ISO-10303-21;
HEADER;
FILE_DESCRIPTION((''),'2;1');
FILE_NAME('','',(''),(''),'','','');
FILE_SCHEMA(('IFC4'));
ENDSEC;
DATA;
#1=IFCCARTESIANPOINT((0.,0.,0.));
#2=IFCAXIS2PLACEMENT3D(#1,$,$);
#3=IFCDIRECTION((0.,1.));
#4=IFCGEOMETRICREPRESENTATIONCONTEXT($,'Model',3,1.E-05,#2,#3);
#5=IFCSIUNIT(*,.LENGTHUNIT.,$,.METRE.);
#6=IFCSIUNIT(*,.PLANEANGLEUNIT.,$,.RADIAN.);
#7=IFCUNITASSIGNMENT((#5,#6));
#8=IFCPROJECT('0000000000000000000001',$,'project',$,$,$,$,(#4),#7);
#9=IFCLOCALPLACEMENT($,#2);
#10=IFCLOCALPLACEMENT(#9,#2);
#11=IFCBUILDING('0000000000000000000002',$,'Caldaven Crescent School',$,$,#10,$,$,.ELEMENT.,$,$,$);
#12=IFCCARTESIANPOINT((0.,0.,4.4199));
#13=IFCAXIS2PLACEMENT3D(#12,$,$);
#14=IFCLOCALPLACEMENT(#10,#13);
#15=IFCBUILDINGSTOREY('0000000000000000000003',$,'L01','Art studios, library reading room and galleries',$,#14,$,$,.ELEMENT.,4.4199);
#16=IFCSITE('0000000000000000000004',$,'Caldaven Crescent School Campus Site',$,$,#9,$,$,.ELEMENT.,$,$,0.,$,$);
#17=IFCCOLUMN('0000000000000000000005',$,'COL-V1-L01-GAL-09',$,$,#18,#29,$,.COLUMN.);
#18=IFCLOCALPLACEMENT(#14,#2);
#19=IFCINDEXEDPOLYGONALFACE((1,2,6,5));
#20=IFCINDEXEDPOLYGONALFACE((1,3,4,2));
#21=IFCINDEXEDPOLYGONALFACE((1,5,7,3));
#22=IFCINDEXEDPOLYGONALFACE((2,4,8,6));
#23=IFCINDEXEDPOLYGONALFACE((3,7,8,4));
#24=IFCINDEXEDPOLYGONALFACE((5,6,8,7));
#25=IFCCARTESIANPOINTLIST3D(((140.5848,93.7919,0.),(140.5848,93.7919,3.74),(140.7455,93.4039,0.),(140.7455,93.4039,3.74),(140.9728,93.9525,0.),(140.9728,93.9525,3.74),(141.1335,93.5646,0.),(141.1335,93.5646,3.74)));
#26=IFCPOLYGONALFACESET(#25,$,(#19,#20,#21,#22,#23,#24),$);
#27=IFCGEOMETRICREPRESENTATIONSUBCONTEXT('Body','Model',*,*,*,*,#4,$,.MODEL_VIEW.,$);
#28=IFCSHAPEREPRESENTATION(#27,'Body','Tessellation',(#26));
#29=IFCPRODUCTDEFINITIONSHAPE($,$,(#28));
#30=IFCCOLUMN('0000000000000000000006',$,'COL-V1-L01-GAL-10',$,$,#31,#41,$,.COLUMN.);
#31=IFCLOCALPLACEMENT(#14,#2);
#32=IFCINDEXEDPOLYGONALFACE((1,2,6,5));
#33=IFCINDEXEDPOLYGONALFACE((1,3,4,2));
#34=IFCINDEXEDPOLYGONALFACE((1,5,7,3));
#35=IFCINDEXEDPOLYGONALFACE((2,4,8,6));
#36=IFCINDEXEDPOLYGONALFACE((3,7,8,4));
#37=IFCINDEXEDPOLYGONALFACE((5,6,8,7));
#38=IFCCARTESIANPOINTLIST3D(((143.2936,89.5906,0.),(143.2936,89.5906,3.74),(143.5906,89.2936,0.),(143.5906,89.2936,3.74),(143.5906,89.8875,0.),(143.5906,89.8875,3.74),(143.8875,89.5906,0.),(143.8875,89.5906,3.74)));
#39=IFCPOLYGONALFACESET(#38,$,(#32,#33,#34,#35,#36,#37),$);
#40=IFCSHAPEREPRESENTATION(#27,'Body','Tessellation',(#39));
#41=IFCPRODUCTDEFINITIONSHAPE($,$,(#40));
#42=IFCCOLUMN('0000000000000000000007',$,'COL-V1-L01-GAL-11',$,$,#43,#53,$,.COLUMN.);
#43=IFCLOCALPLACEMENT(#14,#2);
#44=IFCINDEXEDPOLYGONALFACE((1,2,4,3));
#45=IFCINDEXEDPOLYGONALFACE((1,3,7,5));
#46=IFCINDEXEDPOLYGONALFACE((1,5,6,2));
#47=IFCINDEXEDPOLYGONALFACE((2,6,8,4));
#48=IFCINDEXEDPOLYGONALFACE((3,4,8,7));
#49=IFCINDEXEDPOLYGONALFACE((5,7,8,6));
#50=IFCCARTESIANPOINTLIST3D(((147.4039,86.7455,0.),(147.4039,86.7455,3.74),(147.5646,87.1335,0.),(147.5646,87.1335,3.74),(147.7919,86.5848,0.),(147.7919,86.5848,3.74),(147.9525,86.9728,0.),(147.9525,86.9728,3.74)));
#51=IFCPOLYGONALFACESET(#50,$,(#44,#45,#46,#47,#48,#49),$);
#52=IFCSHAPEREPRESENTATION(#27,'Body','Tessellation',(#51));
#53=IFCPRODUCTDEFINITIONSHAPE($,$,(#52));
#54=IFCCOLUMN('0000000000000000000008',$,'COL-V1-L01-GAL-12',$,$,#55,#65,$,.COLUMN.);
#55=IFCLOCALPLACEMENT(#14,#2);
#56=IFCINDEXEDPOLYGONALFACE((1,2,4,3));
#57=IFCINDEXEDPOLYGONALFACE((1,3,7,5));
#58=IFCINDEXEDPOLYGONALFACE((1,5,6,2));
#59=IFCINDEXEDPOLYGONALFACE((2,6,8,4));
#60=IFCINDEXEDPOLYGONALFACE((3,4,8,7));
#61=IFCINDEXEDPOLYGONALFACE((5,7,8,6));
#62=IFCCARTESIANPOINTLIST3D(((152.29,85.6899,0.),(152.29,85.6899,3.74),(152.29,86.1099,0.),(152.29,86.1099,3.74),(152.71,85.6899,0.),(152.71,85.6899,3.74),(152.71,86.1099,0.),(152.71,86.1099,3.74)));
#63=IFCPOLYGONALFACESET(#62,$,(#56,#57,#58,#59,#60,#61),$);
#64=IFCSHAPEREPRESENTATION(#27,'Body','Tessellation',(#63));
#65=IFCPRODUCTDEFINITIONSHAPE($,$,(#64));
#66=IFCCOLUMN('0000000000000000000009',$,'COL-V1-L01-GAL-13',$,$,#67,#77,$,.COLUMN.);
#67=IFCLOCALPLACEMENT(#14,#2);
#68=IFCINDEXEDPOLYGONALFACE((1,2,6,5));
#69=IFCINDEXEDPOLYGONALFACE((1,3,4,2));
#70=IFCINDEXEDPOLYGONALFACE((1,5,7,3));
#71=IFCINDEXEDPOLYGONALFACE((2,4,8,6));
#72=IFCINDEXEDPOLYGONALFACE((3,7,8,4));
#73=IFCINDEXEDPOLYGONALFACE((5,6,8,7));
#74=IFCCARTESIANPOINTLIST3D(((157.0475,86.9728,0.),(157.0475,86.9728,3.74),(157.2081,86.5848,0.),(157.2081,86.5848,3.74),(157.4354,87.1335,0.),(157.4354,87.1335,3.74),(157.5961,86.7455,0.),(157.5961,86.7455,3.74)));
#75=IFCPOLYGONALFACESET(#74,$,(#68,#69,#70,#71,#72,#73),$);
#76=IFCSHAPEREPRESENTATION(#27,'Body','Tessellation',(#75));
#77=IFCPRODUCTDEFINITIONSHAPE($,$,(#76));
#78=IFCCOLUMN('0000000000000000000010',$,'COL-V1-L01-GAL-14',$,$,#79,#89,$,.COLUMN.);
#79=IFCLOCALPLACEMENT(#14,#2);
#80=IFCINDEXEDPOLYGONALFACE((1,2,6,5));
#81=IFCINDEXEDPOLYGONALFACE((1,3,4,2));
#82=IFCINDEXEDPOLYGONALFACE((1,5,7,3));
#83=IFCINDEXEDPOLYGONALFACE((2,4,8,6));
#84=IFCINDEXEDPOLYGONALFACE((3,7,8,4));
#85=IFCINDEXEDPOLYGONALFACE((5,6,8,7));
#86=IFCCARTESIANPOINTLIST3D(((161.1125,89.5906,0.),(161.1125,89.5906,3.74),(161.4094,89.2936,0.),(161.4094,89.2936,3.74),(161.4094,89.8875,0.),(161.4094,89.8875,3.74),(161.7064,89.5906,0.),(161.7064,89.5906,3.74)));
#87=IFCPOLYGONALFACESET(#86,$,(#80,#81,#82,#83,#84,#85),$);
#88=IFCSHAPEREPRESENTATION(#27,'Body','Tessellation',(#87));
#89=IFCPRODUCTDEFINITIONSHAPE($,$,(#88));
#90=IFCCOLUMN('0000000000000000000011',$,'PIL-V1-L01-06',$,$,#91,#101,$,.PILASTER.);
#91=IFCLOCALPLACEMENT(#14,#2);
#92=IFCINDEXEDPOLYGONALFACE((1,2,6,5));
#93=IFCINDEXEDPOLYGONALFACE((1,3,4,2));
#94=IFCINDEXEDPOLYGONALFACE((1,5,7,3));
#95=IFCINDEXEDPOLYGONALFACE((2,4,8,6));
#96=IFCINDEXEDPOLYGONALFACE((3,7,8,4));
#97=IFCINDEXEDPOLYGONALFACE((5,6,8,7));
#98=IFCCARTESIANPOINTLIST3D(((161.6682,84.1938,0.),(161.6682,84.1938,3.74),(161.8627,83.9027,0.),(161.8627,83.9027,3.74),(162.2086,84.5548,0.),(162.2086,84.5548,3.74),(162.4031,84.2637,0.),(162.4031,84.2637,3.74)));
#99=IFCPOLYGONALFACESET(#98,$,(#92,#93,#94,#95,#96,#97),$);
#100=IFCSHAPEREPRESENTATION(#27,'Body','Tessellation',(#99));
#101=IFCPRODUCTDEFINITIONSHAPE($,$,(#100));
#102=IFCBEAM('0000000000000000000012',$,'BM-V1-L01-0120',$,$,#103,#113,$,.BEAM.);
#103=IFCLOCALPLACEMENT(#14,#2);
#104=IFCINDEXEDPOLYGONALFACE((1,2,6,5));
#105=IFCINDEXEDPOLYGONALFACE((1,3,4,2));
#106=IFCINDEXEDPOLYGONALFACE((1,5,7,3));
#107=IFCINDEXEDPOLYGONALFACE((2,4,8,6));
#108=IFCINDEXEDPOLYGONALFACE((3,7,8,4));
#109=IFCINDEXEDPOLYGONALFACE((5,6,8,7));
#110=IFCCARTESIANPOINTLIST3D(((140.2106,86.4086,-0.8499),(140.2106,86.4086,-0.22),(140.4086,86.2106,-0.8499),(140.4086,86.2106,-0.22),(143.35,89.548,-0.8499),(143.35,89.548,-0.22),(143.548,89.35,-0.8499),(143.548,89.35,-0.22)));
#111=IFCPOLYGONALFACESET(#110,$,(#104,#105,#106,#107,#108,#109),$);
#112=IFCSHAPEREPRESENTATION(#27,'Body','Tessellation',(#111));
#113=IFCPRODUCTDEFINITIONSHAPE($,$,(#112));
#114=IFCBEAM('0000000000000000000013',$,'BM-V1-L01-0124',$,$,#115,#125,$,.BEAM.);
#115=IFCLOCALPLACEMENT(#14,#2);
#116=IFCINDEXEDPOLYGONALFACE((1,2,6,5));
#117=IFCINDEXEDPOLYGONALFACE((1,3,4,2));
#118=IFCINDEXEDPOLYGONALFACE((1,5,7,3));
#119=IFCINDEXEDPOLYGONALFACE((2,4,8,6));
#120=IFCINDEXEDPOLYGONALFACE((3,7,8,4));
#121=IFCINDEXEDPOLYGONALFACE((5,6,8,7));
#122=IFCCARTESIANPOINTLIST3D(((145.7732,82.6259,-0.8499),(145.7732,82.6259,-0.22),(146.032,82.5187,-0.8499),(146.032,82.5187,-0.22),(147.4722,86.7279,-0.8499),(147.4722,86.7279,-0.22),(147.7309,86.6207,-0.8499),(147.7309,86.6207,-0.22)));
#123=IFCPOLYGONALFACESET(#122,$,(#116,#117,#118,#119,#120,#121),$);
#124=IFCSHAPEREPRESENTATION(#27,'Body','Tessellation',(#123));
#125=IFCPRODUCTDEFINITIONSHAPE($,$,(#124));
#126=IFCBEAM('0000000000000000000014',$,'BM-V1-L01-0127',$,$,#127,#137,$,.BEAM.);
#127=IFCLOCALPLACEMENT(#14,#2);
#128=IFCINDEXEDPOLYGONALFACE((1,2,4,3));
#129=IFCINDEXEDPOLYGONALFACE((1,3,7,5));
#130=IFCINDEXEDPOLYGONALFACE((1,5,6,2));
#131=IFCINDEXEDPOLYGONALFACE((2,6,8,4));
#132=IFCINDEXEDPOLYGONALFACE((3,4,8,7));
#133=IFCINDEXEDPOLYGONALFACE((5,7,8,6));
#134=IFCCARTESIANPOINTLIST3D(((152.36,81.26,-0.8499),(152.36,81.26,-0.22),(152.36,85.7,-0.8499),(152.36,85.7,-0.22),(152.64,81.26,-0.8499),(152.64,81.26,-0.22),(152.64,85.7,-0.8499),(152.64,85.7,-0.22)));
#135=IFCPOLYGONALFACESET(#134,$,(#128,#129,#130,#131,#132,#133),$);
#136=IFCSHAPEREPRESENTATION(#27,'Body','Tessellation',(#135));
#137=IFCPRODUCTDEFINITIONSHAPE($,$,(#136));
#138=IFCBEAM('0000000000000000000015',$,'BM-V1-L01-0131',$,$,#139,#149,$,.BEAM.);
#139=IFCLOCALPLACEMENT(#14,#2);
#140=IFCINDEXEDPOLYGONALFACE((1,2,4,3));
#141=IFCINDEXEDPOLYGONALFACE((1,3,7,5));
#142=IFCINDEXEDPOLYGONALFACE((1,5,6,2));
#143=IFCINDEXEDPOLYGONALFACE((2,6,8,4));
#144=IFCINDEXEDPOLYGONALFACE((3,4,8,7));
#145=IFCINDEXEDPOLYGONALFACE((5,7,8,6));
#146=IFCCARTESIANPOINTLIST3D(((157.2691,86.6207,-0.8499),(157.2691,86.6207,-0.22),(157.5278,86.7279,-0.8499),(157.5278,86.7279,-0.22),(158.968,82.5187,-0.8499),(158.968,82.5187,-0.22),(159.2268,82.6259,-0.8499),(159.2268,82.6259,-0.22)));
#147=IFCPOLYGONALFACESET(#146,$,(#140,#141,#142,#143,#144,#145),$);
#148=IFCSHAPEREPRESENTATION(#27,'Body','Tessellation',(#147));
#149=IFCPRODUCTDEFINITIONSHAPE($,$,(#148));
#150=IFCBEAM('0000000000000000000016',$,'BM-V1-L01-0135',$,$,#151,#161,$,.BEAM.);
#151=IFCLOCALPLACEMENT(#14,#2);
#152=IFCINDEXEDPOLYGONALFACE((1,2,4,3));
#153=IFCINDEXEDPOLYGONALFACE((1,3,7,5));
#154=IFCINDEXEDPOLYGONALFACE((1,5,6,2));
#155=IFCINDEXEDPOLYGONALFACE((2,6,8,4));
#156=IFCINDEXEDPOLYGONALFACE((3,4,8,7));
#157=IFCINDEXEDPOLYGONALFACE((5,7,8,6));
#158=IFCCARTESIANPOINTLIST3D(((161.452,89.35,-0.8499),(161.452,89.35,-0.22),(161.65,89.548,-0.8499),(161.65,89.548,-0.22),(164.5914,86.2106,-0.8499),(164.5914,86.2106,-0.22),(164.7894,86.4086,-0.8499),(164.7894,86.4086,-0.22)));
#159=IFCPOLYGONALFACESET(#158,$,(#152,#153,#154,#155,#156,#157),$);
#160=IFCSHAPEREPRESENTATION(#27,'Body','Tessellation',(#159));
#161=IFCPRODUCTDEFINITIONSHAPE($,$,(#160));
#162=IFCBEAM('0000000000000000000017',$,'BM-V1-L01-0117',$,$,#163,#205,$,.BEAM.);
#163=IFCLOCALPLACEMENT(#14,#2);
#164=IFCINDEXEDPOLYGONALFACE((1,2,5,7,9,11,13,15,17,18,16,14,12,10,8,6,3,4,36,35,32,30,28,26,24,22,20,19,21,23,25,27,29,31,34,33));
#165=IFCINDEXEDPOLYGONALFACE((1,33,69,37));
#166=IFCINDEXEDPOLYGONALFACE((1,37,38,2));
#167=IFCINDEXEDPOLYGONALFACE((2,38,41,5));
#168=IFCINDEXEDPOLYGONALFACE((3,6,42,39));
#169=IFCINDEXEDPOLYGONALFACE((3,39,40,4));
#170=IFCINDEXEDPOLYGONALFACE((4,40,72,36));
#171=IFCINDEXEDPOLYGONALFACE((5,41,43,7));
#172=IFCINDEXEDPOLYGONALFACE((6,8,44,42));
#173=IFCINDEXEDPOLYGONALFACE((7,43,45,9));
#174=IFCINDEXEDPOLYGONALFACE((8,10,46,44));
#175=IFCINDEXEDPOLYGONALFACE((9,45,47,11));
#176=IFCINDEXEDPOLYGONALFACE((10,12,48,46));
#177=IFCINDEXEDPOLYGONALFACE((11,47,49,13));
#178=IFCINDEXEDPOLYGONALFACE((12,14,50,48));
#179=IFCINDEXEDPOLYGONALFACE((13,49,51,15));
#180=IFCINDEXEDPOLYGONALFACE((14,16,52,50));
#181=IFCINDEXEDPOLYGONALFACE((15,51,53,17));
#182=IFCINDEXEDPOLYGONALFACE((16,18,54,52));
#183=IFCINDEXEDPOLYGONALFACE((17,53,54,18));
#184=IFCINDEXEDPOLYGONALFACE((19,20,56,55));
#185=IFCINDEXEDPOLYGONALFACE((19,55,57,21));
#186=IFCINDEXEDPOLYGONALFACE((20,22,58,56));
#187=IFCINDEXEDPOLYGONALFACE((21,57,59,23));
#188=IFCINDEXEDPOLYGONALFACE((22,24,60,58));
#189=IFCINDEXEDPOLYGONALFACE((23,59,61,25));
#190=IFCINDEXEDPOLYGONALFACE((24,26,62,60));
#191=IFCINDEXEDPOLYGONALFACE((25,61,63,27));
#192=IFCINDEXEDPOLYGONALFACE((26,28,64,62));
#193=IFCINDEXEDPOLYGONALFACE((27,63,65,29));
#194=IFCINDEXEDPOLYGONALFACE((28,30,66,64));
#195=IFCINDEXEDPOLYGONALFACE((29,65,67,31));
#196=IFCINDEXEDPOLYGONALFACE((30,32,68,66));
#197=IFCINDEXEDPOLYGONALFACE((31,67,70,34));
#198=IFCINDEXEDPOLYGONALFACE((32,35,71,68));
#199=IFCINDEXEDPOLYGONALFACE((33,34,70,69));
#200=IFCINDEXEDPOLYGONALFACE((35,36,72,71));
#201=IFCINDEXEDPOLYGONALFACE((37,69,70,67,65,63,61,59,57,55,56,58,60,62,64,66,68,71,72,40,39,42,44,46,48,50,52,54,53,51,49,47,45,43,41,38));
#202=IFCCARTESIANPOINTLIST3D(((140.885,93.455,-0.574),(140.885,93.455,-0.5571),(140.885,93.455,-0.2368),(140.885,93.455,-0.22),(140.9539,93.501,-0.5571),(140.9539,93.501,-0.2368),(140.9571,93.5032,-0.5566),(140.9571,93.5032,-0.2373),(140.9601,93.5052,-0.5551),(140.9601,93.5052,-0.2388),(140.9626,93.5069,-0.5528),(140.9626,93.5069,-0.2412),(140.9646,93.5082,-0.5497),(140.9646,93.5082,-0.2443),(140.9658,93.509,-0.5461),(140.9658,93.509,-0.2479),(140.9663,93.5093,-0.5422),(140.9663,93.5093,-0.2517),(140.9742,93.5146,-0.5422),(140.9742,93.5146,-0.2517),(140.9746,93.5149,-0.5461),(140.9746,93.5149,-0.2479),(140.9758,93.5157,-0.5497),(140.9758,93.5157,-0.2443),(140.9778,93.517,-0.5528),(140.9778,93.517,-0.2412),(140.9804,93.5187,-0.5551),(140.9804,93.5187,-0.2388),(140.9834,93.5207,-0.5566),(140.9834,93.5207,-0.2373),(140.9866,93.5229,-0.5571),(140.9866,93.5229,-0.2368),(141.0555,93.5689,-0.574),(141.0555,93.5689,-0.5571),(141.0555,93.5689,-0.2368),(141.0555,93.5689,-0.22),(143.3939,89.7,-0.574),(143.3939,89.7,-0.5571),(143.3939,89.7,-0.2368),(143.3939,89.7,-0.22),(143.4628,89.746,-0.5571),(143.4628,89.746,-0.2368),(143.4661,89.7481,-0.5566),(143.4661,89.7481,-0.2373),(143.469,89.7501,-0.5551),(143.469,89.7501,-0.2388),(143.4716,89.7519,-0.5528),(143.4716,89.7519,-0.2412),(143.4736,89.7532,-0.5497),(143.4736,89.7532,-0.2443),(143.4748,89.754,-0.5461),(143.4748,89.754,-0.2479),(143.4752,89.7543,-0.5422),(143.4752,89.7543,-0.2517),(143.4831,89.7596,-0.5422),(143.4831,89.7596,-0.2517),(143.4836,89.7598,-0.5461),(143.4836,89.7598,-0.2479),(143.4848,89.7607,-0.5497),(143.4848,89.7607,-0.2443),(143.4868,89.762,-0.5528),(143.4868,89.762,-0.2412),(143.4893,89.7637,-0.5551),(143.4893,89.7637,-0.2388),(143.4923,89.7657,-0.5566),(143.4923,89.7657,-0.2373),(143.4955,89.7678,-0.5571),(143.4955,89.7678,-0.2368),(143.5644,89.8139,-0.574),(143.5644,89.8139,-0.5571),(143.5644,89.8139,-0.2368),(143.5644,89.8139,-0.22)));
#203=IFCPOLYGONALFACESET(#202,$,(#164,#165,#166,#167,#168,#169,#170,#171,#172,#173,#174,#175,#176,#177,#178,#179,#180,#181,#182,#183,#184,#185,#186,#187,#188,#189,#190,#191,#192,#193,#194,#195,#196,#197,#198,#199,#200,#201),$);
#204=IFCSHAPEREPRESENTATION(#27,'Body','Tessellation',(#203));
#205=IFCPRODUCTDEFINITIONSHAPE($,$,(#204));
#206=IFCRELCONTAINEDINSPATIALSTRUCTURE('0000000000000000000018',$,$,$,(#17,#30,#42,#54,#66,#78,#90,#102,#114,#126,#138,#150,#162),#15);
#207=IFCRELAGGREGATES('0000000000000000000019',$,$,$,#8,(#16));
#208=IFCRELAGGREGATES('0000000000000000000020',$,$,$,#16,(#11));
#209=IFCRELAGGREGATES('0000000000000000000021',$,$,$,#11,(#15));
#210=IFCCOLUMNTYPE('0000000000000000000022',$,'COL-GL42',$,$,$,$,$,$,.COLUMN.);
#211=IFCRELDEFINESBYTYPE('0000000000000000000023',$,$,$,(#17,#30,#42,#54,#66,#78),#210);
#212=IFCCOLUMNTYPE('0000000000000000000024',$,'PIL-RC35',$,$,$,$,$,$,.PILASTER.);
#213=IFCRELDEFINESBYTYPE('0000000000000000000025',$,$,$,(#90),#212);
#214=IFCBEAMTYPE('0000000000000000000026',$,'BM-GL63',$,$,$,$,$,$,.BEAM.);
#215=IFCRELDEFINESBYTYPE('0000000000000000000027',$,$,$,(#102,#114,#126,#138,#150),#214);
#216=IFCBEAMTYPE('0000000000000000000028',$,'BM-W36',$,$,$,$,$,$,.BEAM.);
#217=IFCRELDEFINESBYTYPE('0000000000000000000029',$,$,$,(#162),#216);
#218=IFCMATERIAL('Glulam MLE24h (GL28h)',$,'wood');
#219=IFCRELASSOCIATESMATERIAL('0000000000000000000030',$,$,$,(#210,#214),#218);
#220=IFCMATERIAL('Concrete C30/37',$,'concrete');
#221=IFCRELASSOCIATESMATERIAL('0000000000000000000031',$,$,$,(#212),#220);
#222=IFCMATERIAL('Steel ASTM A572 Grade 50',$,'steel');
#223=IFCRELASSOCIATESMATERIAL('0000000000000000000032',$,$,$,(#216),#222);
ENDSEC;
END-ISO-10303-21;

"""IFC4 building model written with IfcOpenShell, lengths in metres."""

from ifc_helpers import new_model, si_unit, direction, frame, origin, origin_2d, place, context, subcontext, project, spatial, rectangle, i_section, extrude, material, material_profile, profile_set, type_object, element, save


model = new_model("IFC4")

# Units and contexts
model_context = context("Model", 3, precision=1e-05, world=origin(), true_north=direction((0.0, 1.0)))
body_context = subcontext(model_context, "Body", "Model", "MODEL_VIEW")
ifc_project = project(units=[si_unit("LENGTHUNIT", "METRE"), si_unit("PLANEANGLEUNIT", "RADIAN")], contexts=[model_context])

# Site, building, storey
site_placement = place(None, origin())
site = spatial("IfcSite", under=ifc_project, at=site_placement, Name="Caldaven Crescent School Campus Site", CompositionType="ELEMENT", RefElevation=0.0)
building_placement = place(site_placement, origin())
building = spatial("IfcBuilding", under=site, at=building_placement, Name="Caldaven Crescent School", CompositionType="ELEMENT")
storey_placement = place(building_placement, frame((0.0, 0.0, 4.4199)))
storey = spatial("IfcBuildingStorey", under=building, at=storey_placement, Name="L01", Description="Art studios, library reading room and galleries", CompositionType="ELEMENT", Elevation=4.4199)

# Columns
ifc_material_1 = material(Name="Glulam MLE24h (GL28h)", Category="wood")
ifc_material_profile_1 = material_profile(ifc_material_1, rectangle(XDim=0.4199, YDim=0.4199, at=origin_2d()), Name="MLE 420x420")
ifc_profile_set_1 = profile_set([ifc_material_profile_1], Name="Glulam MLE24h (GL28h)")
column_type_1 = type_object("IfcColumnType", Name="COL-GL42", PredefinedType="COLUMN", material=ifc_profile_set_1)
for number, where, z_axis, x_axis, name in (
    (1, (140.8591, 93.6782, 0.0), (0.0, 0.0, 1.0), (-0.92388, -0.382683, 0.0), "COL-V1-L01-GAL-09"),
    (2, (143.5906, 89.5906, 0.0), (0.0, 0.0, 1.0), (-0.707107, -0.707107, 0.0), "COL-V1-L01-GAL-10"),
    (3, (147.6782, 86.8591, 0.0), (0.0, 0.0, 1.0), (-0.382683, -0.92388, 0.0), "COL-V1-L01-GAL-11"),
    (4, (152.5, 85.8999, 0.0), (0.0, 0.0, 1.0), (0.0, -1.0, 0.0), "COL-V1-L01-GAL-12"),
    (5, (157.3218, 86.8591, 0.0), (0.0, 0.0, 1.0), (0.382683, -0.92388, 0.0), "COL-V1-L01-GAL-13"),
    (6, (161.4094, 89.5906, 0.0), (0.0, 0.0, 1.0), (0.707107, -0.707107, 0.0), "COL-V1-L01-GAL-14"),
):
    element("IfcColumn", number, at=place(storey_placement, frame(where, z_axis=z_axis, x_axis=x_axis)), inside=storey, type_object=column_type_1, Name=name, PredefinedType="COLUMN", context=body_context, shape_type="SweptSolid", body=[
        extrude(rectangle(XDim=0.4199, YDim=0.4199, at=origin_2d()), origin(), (0.0, 0.0, 1.0), 3.74),
    ])
ifc_material_2 = material(Name="Concrete C30/37", Category="concrete")
ifc_material_profile_2 = material_profile(ifc_material_2, rectangle(XDim=0.3501, YDim=0.6499, at=origin_2d()), Name="RC 350x650")
ifc_profile_set_2 = profile_set([ifc_material_profile_2], Name="Concrete C30/37")
column_type_2 = type_object("IfcColumnType", Name="PIL-RC35", PredefinedType="PILASTER", material=ifc_profile_set_2)
column_placement = place(storey_placement, frame((162.0356, 84.2288, 0.0), z_axis=(0.0, 0.0, 1.0), x_axis=(0.55557, -0.83147, 0.0)))
element("IfcColumn", 7, at=column_placement, inside=storey, type_object=column_type_2, Name="PIL-V1-L01-06", PredefinedType="PILASTER", context=body_context, shape_type="SweptSolid", body=[
    extrude(rectangle(XDim=0.3501, YDim=0.6499, at=origin_2d()), origin(), (0.0, 0.0, 1.0), 3.74),
])

# Beams
ifc_material_profile_3 = material_profile(ifc_material_1, rectangle(XDim=0.28, YDim=0.6299, at=origin_2d()), Name="MLE 280x630")
ifc_profile_set_3 = profile_set([ifc_material_profile_3], Name="Glulam MLE24h (GL28h)")
beam_type_1 = type_object("IfcBeamType", Name="BM-GL63", PredefinedType="BEAM", material=ifc_profile_set_3)
beam_1_placement = place(storey_placement, frame((143.449, 89.449, -0.5349), z_axis=(-0.707107, -0.707107, 0.0), x_axis=(0.707107, -0.707107, 0.0)))
element("IfcBeam", 8, at=beam_1_placement, inside=storey, type_object=beam_type_1, Name="BM-V1-L01-0120", PredefinedType="BEAM", context=body_context, shape_type="SweptSolid", body=[
    extrude(rectangle(XDim=0.28, YDim=0.6299, at=origin_2d()), origin(), (0.0, 0.0, 1.0), 4.4397),
])
for number, where, z_axis, x_axis, name in (
    (9, (147.6016, 86.6743, -0.5349), (-0.382655, -0.923892, 0.0), (0.923892, -0.382655, 0.0), "BM-V1-L01-0124"),
    (10, (152.5, 85.7, -0.5349), (0.0, -1.0, 0.0), (1.0, 0.0, 0.0), "BM-V1-L01-0127"),
    (11, (157.3984, 86.6743, -0.5349), (0.382655, -0.923892, 0.0), (0.923892, 0.382655, 0.0), "BM-V1-L01-0131"),
):
    element("IfcBeam", number, at=place(storey_placement, frame(where, z_axis=z_axis, x_axis=x_axis)), inside=storey, type_object=beam_type_1, Name=name, PredefinedType="BEAM", context=body_context, shape_type="SweptSolid", body=[
        extrude(rectangle(XDim=0.28, YDim=0.6299, at=origin_2d()), origin(), (0.0, 0.0, 1.0), 4.4399),
    ])
beam_2_placement = place(storey_placement, frame((161.551, 89.449, -0.5349), z_axis=(0.707107, -0.707107, 0.0), x_axis=(0.707107, 0.707107, 0.0)))
element("IfcBeam", 12, at=beam_2_placement, inside=storey, type_object=beam_type_1, Name="BM-V1-L01-0135", PredefinedType="BEAM", context=body_context, shape_type="SweptSolid", body=[
    extrude(rectangle(XDim=0.28, YDim=0.6299, at=origin_2d()), origin(), (0.0, 0.0, 1.0), 4.4397),
])
ifc_material_3 = material(Name="Steel ASTM A572 Grade 50", Category="steel")
ifc_material_profile_4 = material_profile(ifc_material_3, i_section(OverallWidth=0.2051, OverallDepth=0.354, WebThickness=0.0095, FlangeThickness=0.0168, FilletRadius=0.0149, at=origin_2d()), Name="W360x79")
ifc_profile_set_4 = profile_set([ifc_material_profile_4], Name="Steel ASTM A572 Grade 50")
beam_type_2 = type_object("IfcBeamType", Name="BM-W36", PredefinedType="BEAM", material=ifc_profile_set_4)
for number, where, z_axis, x_axis, name in (
    (13, (140.9702, 93.512, -0.397), (0.555561, -0.831476, 0.0), (0.831476, 0.555561, 0.0), "BM-V1-L01-0117"),
):
    element("IfcBeam", number, at=place(storey_placement, frame(where, z_axis=z_axis, x_axis=x_axis)), inside=storey, type_object=beam_type_2, Name=name, PredefinedType="BEAM", context=body_context, shape_type="SweptSolid", body=[
        extrude(i_section(OverallWidth=0.2051, OverallDepth=0.354, WebThickness=0.0095, FlangeThickness=0.0168, FilletRadius=0.0149, at=origin_2d()), origin(), (0.0, 0.0, 1.0), 4.5161),
    ])

save(model, "model.ifc")
